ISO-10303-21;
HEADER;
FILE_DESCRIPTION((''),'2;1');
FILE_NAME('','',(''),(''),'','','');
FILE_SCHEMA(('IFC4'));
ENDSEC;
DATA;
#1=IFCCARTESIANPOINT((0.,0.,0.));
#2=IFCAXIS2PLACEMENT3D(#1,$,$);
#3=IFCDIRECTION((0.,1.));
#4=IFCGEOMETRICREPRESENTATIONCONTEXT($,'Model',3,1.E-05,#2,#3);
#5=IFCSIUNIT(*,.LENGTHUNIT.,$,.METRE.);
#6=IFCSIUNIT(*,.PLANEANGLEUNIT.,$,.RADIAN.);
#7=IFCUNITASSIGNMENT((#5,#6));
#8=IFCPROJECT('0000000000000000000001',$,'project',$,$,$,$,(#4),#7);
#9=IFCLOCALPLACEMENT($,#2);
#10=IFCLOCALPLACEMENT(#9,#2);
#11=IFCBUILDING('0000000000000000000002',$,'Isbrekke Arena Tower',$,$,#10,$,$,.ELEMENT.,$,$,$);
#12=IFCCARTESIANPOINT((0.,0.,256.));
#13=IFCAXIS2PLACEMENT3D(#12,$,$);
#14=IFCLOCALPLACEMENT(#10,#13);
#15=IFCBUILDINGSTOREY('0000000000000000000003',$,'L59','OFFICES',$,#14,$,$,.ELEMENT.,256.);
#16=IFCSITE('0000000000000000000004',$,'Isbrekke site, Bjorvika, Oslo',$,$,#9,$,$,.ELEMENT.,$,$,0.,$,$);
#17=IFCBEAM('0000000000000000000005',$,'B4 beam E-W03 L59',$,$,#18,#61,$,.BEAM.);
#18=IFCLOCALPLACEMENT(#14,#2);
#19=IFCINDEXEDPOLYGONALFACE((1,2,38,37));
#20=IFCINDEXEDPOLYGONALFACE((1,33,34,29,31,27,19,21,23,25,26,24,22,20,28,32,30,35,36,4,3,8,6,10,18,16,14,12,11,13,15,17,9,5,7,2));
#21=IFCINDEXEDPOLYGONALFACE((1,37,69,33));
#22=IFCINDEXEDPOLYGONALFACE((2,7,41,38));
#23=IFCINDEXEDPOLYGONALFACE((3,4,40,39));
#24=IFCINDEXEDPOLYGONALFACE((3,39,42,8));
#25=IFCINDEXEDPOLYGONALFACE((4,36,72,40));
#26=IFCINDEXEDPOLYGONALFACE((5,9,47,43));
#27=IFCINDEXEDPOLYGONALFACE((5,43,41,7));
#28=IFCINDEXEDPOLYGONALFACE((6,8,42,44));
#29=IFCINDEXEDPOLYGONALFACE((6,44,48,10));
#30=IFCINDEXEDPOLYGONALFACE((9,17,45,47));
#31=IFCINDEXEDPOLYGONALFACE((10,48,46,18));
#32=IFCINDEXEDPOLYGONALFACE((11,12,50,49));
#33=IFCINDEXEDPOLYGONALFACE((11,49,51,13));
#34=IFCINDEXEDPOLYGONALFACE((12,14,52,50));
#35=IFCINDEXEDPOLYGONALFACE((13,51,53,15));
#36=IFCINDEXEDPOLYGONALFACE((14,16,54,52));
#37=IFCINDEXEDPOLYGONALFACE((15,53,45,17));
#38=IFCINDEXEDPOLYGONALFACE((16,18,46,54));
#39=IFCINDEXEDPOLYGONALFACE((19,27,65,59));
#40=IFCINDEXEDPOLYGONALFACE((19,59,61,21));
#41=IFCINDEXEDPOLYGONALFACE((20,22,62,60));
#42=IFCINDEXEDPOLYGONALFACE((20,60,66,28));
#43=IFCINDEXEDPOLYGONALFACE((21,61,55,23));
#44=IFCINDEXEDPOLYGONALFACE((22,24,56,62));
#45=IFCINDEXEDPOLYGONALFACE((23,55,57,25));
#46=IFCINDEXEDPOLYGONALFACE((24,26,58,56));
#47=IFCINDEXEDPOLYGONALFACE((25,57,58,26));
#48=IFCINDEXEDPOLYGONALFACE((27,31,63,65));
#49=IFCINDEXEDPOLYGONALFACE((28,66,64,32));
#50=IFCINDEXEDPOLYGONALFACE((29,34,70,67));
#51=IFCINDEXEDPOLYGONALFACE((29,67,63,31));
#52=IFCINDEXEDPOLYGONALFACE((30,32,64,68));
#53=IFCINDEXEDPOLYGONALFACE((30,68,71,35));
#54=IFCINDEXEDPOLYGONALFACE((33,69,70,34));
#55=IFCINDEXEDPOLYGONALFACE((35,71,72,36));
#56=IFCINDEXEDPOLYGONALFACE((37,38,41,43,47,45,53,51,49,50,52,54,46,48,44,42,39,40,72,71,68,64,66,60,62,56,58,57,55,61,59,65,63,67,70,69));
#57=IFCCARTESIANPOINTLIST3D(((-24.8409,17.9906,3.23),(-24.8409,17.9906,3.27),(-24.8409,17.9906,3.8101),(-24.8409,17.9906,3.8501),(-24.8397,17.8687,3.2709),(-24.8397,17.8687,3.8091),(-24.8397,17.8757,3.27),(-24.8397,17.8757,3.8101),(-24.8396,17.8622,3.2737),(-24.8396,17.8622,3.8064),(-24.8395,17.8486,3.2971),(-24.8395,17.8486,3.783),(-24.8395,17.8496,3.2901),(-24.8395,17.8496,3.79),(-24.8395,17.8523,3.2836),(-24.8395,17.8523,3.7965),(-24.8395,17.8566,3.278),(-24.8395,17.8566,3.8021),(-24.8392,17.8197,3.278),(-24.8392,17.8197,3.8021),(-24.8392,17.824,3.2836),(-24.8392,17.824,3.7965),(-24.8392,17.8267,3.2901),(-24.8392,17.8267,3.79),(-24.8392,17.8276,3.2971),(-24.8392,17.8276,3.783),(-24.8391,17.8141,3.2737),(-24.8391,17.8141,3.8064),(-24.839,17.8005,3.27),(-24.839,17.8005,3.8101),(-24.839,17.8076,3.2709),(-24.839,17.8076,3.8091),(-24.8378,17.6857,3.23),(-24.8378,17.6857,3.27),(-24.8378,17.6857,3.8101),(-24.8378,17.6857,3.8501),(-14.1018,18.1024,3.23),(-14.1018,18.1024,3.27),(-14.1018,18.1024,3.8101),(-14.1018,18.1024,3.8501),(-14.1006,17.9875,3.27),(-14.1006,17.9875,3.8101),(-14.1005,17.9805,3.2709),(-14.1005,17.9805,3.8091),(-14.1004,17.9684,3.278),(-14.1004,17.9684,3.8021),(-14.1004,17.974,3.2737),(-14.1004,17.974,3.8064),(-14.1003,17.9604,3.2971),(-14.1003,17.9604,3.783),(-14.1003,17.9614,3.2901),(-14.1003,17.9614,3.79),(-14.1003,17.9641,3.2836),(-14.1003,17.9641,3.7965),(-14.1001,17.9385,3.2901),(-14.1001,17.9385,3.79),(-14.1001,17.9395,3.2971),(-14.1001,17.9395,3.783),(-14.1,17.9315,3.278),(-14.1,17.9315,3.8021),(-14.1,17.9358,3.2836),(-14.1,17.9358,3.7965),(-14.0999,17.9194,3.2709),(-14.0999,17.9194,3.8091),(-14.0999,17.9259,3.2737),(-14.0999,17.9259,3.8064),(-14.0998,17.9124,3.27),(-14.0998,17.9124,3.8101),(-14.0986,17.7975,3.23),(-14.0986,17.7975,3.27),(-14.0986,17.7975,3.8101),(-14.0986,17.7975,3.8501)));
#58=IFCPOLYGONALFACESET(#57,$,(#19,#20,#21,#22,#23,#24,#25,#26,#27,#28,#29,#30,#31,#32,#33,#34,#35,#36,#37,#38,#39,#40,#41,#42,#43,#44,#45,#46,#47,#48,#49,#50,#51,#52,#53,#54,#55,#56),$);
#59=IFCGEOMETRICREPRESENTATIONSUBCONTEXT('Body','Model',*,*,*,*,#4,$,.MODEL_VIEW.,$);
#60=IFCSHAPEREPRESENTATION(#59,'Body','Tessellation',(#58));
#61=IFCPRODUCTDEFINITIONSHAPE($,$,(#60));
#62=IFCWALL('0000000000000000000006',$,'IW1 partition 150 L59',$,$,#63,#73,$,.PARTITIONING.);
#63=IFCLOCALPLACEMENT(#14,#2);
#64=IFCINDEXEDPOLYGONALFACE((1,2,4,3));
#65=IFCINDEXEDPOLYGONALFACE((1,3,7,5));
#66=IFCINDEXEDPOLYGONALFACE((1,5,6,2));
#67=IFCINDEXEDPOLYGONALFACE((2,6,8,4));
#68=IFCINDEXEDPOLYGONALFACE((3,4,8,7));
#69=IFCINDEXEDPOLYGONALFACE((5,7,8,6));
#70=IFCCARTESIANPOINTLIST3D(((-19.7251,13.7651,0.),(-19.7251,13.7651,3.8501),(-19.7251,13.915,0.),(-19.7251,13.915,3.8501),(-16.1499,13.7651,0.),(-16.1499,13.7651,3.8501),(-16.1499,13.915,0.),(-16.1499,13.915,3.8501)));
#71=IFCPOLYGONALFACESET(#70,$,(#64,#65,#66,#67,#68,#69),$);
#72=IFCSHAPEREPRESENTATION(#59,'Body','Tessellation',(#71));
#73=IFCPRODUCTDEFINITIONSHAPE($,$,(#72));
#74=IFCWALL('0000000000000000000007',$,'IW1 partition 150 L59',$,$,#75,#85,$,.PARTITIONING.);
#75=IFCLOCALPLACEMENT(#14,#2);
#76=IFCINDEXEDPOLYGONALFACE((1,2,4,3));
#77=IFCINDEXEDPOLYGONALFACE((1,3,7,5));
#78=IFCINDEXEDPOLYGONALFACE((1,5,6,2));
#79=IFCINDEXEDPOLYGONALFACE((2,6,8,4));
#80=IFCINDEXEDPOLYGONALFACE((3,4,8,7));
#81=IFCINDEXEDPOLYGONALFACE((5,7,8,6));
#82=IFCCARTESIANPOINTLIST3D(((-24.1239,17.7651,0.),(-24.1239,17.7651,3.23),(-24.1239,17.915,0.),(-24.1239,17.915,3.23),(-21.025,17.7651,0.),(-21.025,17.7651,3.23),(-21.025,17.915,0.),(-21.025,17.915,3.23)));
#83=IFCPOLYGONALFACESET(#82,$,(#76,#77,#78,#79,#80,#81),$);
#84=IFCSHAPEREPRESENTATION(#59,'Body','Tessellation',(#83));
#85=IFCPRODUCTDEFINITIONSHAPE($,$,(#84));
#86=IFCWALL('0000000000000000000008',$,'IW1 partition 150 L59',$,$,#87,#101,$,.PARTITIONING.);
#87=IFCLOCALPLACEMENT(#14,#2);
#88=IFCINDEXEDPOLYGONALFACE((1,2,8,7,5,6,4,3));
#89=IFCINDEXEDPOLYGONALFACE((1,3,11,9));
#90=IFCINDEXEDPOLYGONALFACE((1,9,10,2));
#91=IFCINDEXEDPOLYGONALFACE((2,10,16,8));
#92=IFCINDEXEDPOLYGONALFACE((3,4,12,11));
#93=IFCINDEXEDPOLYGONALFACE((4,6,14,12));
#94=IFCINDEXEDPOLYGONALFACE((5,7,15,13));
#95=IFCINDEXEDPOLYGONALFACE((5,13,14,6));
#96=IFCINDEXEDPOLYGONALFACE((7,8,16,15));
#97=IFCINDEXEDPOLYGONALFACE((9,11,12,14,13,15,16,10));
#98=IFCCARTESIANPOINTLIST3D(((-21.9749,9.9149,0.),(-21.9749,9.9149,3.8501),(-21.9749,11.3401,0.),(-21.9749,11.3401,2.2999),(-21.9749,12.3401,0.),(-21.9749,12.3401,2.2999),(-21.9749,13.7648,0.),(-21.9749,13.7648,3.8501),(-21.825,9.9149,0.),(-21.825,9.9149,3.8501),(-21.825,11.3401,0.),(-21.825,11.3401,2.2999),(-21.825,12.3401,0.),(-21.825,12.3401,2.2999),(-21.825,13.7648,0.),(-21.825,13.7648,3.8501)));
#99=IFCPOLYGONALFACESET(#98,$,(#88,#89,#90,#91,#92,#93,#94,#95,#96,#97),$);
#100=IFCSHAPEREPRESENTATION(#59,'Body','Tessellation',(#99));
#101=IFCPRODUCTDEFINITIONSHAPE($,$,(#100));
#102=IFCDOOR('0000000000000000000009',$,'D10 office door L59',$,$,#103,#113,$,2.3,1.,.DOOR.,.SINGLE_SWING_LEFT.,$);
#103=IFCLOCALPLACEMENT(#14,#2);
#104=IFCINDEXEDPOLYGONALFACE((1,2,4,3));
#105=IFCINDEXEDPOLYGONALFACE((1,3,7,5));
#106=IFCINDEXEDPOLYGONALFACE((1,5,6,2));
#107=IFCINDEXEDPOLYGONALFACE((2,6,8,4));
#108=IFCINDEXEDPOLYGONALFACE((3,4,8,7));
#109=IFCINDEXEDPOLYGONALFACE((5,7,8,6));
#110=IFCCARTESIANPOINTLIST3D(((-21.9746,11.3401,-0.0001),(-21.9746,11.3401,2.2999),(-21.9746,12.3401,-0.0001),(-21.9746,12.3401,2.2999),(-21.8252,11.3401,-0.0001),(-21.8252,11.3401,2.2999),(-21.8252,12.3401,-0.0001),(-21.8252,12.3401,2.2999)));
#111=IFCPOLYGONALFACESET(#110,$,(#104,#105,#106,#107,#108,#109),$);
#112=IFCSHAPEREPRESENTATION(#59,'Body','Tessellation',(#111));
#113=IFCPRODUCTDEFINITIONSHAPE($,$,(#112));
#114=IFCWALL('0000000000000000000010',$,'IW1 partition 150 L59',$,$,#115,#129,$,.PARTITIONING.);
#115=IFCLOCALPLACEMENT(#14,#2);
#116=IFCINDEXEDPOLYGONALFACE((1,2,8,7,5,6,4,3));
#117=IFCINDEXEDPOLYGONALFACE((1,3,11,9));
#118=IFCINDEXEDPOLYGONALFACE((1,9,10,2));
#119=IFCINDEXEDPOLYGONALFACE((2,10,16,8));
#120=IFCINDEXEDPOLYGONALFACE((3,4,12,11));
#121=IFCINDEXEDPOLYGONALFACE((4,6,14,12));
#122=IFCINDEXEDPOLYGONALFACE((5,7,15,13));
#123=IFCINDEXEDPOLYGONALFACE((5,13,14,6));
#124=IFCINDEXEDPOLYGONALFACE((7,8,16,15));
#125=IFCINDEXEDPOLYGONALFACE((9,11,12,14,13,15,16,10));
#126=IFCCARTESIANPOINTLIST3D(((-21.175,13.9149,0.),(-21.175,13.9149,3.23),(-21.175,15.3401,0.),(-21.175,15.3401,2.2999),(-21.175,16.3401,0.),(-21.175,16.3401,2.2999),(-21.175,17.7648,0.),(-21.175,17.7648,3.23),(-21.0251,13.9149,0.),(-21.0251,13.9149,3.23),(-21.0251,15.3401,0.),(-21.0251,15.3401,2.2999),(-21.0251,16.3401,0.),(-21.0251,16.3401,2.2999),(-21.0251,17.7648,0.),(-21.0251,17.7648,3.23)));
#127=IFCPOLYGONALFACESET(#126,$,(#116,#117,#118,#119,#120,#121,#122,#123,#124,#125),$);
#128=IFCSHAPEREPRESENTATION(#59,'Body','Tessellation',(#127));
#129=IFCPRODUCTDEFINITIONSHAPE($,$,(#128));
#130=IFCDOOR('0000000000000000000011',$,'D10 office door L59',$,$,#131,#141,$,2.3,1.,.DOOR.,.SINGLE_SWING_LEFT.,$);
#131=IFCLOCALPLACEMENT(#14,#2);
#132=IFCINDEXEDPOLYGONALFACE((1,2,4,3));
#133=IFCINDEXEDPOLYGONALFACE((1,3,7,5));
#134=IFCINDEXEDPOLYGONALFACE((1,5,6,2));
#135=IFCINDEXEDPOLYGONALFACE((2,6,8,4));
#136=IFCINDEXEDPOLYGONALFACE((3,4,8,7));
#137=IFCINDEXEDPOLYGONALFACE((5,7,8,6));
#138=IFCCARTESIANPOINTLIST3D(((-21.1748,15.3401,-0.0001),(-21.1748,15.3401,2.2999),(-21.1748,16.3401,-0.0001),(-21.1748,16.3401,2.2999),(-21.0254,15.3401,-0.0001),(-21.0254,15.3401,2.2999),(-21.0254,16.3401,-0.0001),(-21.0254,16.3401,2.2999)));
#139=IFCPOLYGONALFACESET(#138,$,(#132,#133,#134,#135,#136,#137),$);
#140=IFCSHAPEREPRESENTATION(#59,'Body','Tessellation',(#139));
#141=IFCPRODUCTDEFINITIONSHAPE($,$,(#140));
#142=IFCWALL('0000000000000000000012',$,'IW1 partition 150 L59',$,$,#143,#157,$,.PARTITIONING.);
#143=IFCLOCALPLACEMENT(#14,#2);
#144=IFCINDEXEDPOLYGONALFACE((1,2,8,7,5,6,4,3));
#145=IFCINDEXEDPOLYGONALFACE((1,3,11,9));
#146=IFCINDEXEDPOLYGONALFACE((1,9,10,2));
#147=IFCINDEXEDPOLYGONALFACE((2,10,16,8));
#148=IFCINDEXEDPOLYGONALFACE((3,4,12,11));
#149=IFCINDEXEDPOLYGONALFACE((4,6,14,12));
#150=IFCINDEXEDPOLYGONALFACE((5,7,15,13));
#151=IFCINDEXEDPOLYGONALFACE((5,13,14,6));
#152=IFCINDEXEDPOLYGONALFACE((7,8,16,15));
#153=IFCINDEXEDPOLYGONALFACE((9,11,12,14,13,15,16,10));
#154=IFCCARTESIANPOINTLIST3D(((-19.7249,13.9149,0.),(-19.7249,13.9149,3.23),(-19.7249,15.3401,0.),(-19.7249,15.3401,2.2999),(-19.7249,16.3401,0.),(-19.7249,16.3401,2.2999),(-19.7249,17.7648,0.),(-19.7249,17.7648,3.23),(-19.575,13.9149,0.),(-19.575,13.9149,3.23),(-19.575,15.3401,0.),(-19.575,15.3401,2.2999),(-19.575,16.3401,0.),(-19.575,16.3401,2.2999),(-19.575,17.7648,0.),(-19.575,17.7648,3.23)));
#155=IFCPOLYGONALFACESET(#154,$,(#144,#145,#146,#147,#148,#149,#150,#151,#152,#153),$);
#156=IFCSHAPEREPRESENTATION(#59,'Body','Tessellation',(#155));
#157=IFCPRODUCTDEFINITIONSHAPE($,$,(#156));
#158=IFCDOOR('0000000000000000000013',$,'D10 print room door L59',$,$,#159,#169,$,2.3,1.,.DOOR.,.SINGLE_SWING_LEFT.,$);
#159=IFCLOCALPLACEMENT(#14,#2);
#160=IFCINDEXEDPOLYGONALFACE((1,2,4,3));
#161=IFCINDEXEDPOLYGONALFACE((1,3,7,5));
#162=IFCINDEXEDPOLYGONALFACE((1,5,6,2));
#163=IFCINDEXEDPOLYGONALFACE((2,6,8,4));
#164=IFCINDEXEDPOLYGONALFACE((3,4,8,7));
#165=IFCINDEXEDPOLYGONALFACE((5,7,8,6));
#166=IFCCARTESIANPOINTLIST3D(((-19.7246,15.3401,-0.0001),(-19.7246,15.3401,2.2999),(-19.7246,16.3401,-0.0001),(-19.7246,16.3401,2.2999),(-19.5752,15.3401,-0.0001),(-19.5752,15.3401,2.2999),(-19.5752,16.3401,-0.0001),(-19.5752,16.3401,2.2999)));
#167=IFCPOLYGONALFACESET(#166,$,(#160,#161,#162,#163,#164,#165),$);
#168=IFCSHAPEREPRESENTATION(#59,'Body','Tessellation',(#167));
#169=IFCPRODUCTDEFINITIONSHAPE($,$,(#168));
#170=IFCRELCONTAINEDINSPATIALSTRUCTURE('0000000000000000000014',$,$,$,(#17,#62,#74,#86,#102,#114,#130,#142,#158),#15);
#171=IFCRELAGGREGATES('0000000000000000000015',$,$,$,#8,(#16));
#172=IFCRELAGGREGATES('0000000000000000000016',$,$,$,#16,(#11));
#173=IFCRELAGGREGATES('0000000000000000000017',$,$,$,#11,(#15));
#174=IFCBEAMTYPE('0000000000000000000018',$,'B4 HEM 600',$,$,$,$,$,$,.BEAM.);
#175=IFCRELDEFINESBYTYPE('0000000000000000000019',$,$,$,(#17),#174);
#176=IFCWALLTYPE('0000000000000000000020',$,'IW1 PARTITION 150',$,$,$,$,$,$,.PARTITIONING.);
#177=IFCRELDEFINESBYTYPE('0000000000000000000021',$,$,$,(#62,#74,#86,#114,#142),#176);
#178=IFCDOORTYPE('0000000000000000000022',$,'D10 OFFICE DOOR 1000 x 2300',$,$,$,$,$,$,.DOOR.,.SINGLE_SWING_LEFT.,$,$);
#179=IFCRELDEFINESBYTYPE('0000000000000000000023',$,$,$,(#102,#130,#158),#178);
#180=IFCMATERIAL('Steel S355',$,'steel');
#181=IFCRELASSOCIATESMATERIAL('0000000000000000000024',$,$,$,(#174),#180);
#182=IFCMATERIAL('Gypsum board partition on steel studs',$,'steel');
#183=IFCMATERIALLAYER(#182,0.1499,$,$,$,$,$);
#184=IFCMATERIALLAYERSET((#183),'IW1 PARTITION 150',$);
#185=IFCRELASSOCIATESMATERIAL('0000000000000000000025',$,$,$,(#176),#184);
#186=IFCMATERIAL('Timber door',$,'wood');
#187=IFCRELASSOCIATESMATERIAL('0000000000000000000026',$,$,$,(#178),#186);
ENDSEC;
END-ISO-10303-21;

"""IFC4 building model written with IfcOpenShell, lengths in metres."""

from ifc_helpers import new_model, si_unit, direction, frame, frame_2d, origin, origin_2d, place, context, subcontext, project, spatial, rectangle, i_section, extrude, material, layer, layer_set, material_profile, profile_set, type_object, element, fill, save


model = new_model("IFC4")

# Units and contexts
model_context = context("Model", 3, precision=1e-05, world=origin(), true_north=direction((0.0, 1.0)))
body_context = subcontext(model_context, "Body", "Model", "MODEL_VIEW")
ifc_project = project(units=[si_unit("LENGTHUNIT", "METRE"), si_unit("PLANEANGLEUNIT", "RADIAN")], contexts=[model_context])

# Site, building, storey
site_placement = place(None, origin())
site = spatial("IfcSite", under=ifc_project, at=site_placement, Name="Isbrekke site, Bjorvika, Oslo", CompositionType="ELEMENT", RefElevation=0.0)
building_placement = place(site_placement, origin())
building = spatial("IfcBuilding", under=site, at=building_placement, Name="Isbrekke Arena Tower", CompositionType="ELEMENT")
storey_placement = place(building_placement, frame((0.0, 0.0, 256.0)))
storey = spatial("IfcBuildingStorey", under=building, at=storey_placement, Name="L59", Description="OFFICES", CompositionType="ELEMENT", Elevation=256.0)

# Beam
ifc_material_1 = material(Name="Steel S355", Category="steel")
ifc_material_profile = material_profile(ifc_material_1, i_section(OverallWidth=0.3049, OverallDepth=0.6201, WebThickness=0.021, FlangeThickness=0.04, FilletRadius=0.0271, at=origin_2d()), Name="HEM 600")
ifc_profile_set = profile_set([ifc_material_profile], Name="Steel S355")
beam_type = type_object("IfcBeamType", Name="B4 HEM 600", PredefinedType="BEAM", material=ifc_profile_set)
beam_placement = place(storey_placement, frame((-24.8394, 17.8381, 3.54), z_axis=(0.999946, 0.010411, 0.0), x_axis=(-0.010411, 0.999946, 0.0)))
element("IfcBeam", 1, at=beam_placement, inside=storey, type_object=beam_type, Name="B4 beam E-W03 L59", PredefinedType="BEAM", context=body_context, shape_type="SweptSolid", body=[
    extrude(i_section(OverallWidth=0.3049, OverallDepth=0.6201, WebThickness=0.021, FlangeThickness=0.04, FilletRadius=0.0271, at=origin_2d()), origin(), (0.0, 0.0, 1.0), 10.7397),
])

# Walls
ifc_material_2 = material(Name="Gypsum board partition on steel studs", Category="steel")
ifc_layer_1 = layer(ifc_material_2, 0.1499)
ifc_layer_set_1 = layer_set([ifc_layer_1], Name="IW1 PARTITION 150")
wall_type_1 = type_object("IfcWallType", Name="IW1 PARTITION 150", PredefinedType="PARTITIONING", material=ifc_layer_set_1)
wall_1_placement = place(storey_placement, frame((-19.7251, 13.8401, 0.0), z_axis=(0.0, 0.0, 1.0), x_axis=(1.0, 0.0, 0.0)))
element("IfcWall", 2, at=wall_1_placement, inside=storey, type_object=wall_type_1, Name="IW1 partition 150 L59", PredefinedType="PARTITIONING", context=body_context, shape_type="SweptSolid", body=[
    extrude(rectangle(XDim=3.5752, YDim=0.1499, at=frame_2d((1.7876, 0.0))), origin(), (0.0, 0.0, 1.0), 3.8501),
])
wall_2_placement = place(storey_placement, frame((-24.1238, 17.8401, 0.0), z_axis=(0.0, 0.0, 1.0), x_axis=(1.0, 0.0, 0.0)))
element("IfcWall", 3, at=wall_2_placement, inside=storey, type_object=wall_type_1, Name="IW1 partition 150 L59", PredefinedType="PARTITIONING", context=body_context, shape_type="SweptSolid", body=[
    extrude(rectangle(XDim=3.0989, YDim=0.1499, at=frame_2d((1.5493, 0.0))), origin(), (0.0, 0.0, 1.0), 3.23),
])

# Walls, openings, doors
wall_3_placement = place(storey_placement, frame((-21.8999, 9.915, 0.0), z_axis=(0.0, 0.0, 1.0), x_axis=(0.0, 1.0, 0.0)))
wall_3 = element("IfcWall", 4, at=wall_3_placement, inside=storey, type_object=wall_type_1, Name="IW1 partition 150 L59", PredefinedType="PARTITIONING", context=body_context, shape_type="SweptSolid", body=[
    extrude(rectangle(XDim=3.8499, YDim=0.1499, at=frame_2d((1.9248, 0.0))), origin(), (0.0, 0.0, 1.0), 3.8501),
])
opening_1_placement = place(wall_3_placement, frame((1.425, 0.0, 0.0)))
opening_1 = element("IfcOpeningElement", 5, at=opening_1_placement, cuts=wall_3, PredefinedType="OPENING", context=body_context, shape_type="SweptSolid", body=[
    extrude(rectangle(XDim=1.0, YDim=2.3, at=frame_2d((0.5, 1.1499))), frame((0.0, 0.0898, 0.0), z_axis=(0.0, -1.0, 0.0), x_axis=(1.0, 0.0, 0.0)), (0.0, 0.0, 1.0), 0.1797),
])
ifc_material_3 = material(Name="Timber door", Category="wood")
door_type_1 = type_object("IfcDoorType", Name="D10 OFFICE DOOR 1000 x 2300", OperationType="SINGLE_SWING_LEFT", PredefinedType="DOOR", material=ifc_material_3)
door_1_placement = place(opening_1_placement, origin())
door_1 = element("IfcDoor", 6, at=door_1_placement, inside=storey, type_object=door_type_1, Name="D10 office door L59", OperationType="SINGLE_SWING_LEFT", OverallHeight=2.3, OverallWidth=1.0, PredefinedType="DOOR", context=body_context, shape_type="SweptSolid", body=[
    extrude(rectangle(XDim=1.0, YDim=2.3, at=frame_2d((0.5, 1.1499))), frame((0.0, 0.0747, 0.0), z_axis=(0.0, -1.0, 0.0), x_axis=(1.0, 0.0, 0.0)), (0.0, 0.0, 1.0), 0.1494),
])
fill(opening_1, door_1)
wall_4_placement = place(storey_placement, frame((-21.1001, 13.915, 0.0), z_axis=(0.0, 0.0, 1.0), x_axis=(0.0, 1.0, 0.0)))
wall_4 = element("IfcWall", 7, at=wall_4_placement, inside=storey, type_object=wall_type_1, Name="IW1 partition 150 L59", PredefinedType="PARTITIONING", context=body_context, shape_type="SweptSolid", body=[
    extrude(rectangle(XDim=3.8499, YDim=0.1499, at=frame_2d((1.9248, 0.0))), origin(), (0.0, 0.0, 1.0), 3.23),
])
opening_2_placement = place(wall_4_placement, frame((1.425, 0.0, 0.0)))
opening_2 = element("IfcOpeningElement", 8, at=opening_2_placement, cuts=wall_4, PredefinedType="OPENING", context=body_context, shape_type="SweptSolid", body=[
    extrude(rectangle(XDim=1.0, YDim=2.3, at=frame_2d((0.5, 1.1499))), frame((0.0, 0.0898, 0.0), z_axis=(0.0, -1.0, 0.0), x_axis=(1.0, 0.0, 0.0)), (0.0, 0.0, 1.0), 0.1797),
])
door_2_placement = place(opening_2_placement, origin())
door_2 = element("IfcDoor", 9, at=door_2_placement, inside=storey, type_object=door_type_1, Name="D10 office door L59", OperationType="SINGLE_SWING_LEFT", OverallHeight=2.3, OverallWidth=1.0, PredefinedType="DOOR", context=body_context, shape_type="SweptSolid", body=[
    extrude(rectangle(XDim=1.0, YDim=2.3, at=frame_2d((0.5, 1.1499))), frame((0.0, 0.0747, 0.0), z_axis=(0.0, -1.0, 0.0), x_axis=(1.0, 0.0, 0.0)), (0.0, 0.0, 1.0), 0.1494),
])
fill(opening_2, door_2)
wall_5_placement = place(storey_placement, frame((-19.6499, 13.915, 0.0), z_axis=(0.0, 0.0, 1.0), x_axis=(0.0, 1.0, 0.0)))
wall_5 = element("IfcWall", 10, at=wall_5_placement, inside=storey, type_object=wall_type_1, Name="IW1 partition 150 L59", PredefinedType="PARTITIONING", context=body_context, shape_type="SweptSolid", body=[
    extrude(rectangle(XDim=3.8499, YDim=0.1499, at=frame_2d((1.9248, 0.0))), origin(), (0.0, 0.0, 1.0), 3.23),
])
opening_3_placement = place(wall_5_placement, frame((1.425, 0.0, 0.0)))
opening_3 = element("IfcOpeningElement", 11, at=opening_3_placement, cuts=wall_5, PredefinedType="OPENING", context=body_context, shape_type="SweptSolid", body=[
    extrude(rectangle(XDim=1.0, YDim=2.3, at=frame_2d((0.5, 1.1499))), frame((0.0, 0.0898, 0.0), z_axis=(0.0, -1.0, 0.0), x_axis=(1.0, 0.0, 0.0)), (0.0, 0.0, 1.0), 0.1797),
])
door_3_placement = place(opening_3_placement, origin())
door_3 = element("IfcDoor", 12, at=door_3_placement, inside=storey, type_object=door_type_1, Name="D10 print room door L59", OperationType="SINGLE_SWING_LEFT", OverallHeight=2.3, OverallWidth=1.0, PredefinedType="DOOR", context=body_context, shape_type="SweptSolid", body=[
    extrude(rectangle(XDim=1.0, YDim=2.3, at=frame_2d((0.5, 1.1499))), frame((0.0, 0.0747, 0.0), z_axis=(0.0, -1.0, 0.0), x_axis=(1.0, 0.0, 0.0)), (0.0, 0.0, 1.0), 0.1494),
])
fill(opening_3, door_3)

save(model, "model.ifc")
